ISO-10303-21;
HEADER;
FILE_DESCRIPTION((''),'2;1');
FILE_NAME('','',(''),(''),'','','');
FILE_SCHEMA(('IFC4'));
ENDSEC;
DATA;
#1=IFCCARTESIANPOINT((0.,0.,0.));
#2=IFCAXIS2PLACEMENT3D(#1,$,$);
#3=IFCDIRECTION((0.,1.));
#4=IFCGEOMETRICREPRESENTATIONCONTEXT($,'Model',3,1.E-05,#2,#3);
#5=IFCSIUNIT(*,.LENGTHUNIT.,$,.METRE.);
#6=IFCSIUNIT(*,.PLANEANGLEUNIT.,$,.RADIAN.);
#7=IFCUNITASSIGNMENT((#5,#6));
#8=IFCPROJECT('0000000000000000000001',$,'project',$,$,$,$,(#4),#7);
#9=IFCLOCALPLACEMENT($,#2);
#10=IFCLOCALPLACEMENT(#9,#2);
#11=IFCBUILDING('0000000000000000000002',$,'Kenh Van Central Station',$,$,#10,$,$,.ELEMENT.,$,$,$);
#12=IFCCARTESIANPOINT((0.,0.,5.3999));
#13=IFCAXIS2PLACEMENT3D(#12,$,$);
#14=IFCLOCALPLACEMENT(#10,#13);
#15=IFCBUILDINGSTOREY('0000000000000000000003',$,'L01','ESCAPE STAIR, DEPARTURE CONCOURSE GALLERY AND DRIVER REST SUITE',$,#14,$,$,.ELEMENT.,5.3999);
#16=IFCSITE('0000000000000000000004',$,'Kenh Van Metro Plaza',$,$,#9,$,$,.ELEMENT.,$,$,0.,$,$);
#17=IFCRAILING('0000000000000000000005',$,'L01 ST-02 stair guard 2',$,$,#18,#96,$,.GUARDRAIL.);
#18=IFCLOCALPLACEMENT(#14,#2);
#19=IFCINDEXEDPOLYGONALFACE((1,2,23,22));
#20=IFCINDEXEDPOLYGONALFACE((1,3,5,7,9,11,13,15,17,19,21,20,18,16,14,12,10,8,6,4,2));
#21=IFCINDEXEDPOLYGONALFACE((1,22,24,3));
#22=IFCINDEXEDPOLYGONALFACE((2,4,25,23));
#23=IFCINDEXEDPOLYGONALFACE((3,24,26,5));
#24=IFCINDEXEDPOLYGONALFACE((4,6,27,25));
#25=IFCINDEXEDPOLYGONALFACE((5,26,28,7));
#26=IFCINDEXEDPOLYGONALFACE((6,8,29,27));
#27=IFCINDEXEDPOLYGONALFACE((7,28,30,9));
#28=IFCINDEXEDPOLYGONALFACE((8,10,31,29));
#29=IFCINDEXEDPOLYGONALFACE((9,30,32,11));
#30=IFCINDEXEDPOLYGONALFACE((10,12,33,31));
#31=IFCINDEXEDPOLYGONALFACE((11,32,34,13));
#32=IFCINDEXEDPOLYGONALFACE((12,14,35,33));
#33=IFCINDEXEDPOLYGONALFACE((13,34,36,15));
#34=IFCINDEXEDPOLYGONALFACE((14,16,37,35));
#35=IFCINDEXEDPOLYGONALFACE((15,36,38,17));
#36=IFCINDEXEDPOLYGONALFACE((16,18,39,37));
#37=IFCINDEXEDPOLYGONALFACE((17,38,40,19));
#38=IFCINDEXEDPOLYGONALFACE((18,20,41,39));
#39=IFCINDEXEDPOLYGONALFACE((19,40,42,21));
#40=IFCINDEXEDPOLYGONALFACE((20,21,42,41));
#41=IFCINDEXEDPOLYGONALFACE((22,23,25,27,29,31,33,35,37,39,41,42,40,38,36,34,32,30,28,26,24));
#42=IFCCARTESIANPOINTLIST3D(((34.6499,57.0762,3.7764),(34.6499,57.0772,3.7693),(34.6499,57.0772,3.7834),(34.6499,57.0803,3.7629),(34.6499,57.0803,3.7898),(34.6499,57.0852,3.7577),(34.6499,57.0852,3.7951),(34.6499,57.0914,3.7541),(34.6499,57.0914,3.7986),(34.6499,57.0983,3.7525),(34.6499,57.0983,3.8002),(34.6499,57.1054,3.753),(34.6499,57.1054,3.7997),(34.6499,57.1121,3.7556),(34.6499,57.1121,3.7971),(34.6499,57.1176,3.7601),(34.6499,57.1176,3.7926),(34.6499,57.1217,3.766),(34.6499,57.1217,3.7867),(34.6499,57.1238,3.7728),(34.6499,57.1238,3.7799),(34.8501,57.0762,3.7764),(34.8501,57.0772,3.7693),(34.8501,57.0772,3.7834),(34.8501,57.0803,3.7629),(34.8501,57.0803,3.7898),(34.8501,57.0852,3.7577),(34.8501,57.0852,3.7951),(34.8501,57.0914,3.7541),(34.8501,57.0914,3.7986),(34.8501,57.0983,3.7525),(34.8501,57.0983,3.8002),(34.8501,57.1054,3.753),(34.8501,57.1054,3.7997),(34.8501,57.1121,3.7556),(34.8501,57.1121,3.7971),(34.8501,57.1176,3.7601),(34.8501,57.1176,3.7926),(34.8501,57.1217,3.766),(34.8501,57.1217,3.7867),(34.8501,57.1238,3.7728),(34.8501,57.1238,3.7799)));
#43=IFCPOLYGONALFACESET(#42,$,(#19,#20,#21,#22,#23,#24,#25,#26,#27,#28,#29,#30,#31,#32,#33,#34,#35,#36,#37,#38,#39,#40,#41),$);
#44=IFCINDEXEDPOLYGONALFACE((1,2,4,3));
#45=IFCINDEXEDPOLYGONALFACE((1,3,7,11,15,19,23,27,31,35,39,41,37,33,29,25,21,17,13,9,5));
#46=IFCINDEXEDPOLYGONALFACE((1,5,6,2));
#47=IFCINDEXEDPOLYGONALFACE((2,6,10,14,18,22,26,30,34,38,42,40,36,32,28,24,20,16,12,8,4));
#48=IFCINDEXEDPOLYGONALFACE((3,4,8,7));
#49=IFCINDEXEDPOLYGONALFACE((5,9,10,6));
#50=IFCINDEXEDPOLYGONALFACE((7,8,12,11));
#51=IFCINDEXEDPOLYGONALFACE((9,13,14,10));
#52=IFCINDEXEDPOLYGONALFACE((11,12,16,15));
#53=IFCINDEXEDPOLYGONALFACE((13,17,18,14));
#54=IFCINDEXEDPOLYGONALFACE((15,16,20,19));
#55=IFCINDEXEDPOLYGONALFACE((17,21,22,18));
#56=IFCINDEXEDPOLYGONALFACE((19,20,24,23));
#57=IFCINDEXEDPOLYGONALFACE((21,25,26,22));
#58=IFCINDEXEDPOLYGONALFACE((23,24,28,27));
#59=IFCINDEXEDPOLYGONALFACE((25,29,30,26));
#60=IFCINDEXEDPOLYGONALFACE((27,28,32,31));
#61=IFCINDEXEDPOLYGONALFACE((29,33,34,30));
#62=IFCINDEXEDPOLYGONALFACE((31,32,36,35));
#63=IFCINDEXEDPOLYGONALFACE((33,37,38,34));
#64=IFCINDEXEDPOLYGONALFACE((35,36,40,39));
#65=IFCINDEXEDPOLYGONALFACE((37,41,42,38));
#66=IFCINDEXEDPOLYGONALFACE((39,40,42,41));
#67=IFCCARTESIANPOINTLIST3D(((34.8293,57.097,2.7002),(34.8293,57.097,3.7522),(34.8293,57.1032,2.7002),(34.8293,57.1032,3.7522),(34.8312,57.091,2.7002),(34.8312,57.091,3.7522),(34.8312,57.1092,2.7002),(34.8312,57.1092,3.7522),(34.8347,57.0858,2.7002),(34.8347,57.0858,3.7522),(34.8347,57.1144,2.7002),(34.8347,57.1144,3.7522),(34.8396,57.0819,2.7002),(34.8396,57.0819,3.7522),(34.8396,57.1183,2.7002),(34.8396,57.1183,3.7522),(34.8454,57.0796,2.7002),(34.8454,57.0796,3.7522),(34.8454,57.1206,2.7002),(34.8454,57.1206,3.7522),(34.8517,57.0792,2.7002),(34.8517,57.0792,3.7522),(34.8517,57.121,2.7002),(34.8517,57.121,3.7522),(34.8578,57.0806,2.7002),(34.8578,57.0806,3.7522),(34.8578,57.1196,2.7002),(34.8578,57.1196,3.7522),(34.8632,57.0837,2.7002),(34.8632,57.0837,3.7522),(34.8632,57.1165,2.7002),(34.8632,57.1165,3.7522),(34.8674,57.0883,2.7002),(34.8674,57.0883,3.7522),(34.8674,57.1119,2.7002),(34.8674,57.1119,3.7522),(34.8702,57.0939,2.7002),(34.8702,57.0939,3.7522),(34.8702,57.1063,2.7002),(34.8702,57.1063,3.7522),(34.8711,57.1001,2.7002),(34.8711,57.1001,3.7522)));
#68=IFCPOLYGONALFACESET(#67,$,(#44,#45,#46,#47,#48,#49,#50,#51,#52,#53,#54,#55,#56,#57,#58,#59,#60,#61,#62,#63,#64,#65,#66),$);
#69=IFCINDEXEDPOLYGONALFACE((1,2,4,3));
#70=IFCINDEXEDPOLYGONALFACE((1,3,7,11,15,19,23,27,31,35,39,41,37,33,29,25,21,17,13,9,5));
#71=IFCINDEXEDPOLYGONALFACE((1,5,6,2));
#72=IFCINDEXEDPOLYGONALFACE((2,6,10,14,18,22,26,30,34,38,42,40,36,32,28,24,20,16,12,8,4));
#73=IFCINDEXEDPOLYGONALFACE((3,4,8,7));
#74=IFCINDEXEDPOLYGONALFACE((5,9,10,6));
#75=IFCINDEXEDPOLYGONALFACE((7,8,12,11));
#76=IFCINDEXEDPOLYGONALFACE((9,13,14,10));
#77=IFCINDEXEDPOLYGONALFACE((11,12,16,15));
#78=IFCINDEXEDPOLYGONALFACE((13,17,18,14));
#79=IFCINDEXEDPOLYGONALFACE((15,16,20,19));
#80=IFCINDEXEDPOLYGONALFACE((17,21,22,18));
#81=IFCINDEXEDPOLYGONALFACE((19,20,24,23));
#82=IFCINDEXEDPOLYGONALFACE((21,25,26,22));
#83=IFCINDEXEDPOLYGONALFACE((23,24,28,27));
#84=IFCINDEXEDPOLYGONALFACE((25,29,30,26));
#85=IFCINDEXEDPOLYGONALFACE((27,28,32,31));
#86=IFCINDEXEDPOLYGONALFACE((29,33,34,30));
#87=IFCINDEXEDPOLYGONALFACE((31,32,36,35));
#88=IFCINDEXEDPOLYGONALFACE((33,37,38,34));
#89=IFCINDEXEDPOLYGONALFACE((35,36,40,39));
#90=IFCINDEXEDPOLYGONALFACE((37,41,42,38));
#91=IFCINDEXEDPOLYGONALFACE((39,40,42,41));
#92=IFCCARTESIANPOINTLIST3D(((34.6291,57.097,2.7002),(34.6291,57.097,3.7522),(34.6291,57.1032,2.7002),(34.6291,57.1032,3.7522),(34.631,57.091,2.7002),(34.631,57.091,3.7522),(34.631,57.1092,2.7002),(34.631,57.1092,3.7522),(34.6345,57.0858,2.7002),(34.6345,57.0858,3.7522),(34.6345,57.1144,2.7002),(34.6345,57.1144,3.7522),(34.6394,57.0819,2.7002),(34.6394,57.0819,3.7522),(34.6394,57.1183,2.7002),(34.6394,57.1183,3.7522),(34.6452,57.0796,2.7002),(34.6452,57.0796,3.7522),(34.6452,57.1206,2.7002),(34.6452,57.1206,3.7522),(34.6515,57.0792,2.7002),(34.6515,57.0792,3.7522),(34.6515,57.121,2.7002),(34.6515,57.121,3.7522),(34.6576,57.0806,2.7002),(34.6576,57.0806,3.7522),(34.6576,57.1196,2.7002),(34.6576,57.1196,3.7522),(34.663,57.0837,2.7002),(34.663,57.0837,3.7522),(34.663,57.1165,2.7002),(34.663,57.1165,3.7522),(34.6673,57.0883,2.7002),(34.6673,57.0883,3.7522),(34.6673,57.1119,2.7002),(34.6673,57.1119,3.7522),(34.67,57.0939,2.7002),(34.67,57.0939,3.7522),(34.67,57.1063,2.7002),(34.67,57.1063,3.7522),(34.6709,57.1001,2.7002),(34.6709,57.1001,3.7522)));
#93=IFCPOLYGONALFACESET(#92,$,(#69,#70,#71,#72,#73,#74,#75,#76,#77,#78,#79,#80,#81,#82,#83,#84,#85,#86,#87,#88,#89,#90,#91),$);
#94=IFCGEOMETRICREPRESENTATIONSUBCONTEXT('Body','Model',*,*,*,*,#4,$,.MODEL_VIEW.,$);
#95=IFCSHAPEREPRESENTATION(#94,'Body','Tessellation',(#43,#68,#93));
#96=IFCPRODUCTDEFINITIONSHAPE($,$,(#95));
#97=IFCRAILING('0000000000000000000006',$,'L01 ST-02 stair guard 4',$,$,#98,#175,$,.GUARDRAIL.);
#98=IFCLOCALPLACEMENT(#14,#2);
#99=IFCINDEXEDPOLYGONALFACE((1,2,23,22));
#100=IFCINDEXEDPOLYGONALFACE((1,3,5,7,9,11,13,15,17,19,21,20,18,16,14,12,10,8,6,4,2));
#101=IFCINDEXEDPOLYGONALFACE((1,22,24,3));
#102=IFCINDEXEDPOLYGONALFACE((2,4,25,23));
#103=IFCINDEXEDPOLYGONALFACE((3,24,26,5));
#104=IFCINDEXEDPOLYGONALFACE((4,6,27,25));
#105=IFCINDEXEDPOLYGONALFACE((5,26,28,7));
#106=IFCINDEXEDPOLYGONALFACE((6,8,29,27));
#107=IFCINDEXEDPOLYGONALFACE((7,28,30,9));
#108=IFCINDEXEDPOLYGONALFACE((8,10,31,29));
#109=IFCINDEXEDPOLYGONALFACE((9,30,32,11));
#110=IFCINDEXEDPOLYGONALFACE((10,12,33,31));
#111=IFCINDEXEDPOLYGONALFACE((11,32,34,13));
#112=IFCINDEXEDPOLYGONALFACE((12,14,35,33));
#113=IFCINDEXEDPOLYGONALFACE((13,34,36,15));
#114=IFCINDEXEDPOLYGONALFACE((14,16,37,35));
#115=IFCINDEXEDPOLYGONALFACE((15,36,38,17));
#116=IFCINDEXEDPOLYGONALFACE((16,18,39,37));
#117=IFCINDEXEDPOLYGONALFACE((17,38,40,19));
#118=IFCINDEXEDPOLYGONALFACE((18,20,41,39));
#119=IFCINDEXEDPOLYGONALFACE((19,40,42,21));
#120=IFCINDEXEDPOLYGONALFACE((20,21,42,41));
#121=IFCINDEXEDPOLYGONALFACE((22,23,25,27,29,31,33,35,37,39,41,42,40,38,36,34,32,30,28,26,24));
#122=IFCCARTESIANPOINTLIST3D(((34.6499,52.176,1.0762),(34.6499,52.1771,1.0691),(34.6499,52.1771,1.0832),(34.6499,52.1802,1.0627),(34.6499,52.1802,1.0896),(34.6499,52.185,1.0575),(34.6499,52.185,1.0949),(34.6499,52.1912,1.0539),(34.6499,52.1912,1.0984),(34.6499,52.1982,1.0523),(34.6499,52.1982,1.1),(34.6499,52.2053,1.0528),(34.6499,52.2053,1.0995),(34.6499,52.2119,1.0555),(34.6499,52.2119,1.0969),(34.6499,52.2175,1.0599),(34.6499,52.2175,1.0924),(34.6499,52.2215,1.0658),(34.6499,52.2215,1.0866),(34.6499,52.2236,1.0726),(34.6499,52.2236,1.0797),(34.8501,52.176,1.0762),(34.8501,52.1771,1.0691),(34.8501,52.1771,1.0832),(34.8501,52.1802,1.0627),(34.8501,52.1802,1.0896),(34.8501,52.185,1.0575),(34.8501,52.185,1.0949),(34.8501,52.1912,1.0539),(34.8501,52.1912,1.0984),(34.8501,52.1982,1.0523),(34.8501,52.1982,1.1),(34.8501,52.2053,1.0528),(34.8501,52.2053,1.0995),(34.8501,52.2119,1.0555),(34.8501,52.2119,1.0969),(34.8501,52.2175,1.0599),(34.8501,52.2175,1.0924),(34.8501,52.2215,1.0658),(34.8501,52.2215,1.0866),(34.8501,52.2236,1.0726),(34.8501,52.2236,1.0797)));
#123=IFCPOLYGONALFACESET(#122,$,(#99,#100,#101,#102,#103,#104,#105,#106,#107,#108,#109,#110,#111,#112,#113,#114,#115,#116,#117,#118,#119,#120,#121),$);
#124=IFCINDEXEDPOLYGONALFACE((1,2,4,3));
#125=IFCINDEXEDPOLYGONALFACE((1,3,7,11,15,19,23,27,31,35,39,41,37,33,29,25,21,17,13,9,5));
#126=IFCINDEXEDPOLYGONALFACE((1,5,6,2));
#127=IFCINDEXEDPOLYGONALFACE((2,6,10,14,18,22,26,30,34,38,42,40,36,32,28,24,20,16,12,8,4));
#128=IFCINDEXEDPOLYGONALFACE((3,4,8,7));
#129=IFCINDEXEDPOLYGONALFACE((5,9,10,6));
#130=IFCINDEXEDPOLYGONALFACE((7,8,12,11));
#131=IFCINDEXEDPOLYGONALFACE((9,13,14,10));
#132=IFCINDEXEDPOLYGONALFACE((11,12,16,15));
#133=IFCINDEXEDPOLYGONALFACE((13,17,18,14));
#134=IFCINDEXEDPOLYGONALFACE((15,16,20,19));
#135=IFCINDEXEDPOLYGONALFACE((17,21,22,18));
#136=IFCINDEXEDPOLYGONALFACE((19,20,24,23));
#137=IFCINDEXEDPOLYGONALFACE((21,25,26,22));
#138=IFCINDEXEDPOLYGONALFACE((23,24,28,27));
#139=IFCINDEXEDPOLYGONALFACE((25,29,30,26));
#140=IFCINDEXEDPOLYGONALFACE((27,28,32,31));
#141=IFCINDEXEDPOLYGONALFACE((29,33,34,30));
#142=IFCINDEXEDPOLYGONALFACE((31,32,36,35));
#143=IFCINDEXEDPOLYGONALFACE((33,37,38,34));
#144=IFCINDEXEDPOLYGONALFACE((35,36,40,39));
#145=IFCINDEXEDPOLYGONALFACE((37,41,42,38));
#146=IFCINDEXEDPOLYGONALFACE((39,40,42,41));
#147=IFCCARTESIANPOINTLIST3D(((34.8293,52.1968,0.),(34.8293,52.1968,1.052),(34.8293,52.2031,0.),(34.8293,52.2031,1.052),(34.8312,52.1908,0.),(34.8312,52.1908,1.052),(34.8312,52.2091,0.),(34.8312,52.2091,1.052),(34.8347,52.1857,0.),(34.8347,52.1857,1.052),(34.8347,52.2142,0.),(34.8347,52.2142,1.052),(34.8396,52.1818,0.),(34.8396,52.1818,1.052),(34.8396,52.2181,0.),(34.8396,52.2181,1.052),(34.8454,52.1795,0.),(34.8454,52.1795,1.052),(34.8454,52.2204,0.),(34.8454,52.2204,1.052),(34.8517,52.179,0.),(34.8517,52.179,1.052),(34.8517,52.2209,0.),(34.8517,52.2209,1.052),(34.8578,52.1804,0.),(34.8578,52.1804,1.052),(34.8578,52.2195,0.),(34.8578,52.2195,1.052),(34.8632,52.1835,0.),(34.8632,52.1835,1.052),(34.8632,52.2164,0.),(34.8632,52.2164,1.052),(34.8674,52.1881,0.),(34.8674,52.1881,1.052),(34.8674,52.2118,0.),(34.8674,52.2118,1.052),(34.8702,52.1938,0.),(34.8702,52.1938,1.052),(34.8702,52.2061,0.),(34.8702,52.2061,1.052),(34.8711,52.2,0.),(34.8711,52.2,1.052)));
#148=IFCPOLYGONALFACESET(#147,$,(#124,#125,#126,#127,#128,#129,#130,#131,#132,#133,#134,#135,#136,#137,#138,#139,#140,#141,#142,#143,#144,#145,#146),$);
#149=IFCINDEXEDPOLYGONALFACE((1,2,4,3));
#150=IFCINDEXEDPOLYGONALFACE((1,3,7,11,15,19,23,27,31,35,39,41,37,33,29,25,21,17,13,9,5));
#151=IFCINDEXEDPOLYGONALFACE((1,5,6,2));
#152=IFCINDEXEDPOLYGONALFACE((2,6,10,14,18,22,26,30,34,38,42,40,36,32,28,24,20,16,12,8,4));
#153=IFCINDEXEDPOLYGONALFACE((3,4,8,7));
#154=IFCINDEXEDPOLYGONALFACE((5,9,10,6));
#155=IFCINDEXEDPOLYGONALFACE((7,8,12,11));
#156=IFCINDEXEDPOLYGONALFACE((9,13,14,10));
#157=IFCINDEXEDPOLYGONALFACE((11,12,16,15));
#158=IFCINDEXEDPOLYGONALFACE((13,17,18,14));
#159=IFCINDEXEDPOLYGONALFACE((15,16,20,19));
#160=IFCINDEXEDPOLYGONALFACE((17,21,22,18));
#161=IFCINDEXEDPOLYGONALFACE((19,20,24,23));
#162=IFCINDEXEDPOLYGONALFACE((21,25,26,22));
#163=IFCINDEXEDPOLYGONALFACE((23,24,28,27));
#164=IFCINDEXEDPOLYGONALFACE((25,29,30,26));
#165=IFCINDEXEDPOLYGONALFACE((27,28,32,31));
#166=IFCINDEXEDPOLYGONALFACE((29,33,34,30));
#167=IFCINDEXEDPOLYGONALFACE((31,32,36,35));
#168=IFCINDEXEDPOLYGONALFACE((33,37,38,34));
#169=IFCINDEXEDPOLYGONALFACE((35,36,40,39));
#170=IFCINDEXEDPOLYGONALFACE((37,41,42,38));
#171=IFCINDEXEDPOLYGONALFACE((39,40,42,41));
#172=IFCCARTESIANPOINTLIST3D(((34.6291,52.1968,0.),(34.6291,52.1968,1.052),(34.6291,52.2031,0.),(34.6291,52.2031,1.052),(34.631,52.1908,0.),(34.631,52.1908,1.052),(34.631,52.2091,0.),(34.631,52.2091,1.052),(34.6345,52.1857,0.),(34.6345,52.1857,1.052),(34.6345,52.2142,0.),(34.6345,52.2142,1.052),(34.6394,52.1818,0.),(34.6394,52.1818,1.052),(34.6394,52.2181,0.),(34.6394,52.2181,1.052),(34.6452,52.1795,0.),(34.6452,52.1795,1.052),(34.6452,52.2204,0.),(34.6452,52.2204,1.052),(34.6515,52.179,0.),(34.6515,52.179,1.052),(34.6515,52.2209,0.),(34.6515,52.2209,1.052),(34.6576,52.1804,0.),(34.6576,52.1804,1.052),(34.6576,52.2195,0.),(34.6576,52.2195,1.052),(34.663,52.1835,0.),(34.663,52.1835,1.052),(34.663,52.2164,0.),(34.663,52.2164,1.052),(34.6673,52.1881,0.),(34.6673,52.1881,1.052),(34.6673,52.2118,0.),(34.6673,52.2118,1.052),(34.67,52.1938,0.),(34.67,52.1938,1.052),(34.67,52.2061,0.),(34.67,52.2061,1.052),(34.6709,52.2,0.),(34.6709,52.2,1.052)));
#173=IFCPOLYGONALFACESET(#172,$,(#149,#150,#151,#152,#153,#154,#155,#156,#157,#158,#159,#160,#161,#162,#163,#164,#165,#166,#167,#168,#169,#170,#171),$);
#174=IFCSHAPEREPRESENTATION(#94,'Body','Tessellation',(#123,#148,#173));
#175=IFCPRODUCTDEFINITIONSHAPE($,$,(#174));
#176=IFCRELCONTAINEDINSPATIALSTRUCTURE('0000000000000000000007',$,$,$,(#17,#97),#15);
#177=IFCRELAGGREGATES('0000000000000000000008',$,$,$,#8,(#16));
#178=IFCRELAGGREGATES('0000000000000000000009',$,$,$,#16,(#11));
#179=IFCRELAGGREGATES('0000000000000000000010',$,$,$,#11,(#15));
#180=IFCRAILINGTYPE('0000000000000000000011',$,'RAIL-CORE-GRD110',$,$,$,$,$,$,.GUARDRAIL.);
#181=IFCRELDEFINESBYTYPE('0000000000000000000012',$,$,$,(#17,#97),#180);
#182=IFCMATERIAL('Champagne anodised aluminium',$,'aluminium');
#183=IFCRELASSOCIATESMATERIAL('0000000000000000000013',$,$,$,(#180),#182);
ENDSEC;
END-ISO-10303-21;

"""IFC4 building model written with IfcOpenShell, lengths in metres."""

from ifc_helpers import new_model, si_unit, direction, frame, origin, origin_2d, place, context, subcontext, project, spatial, circle, extrude, material, type_object, element, save


model = new_model("IFC4")

# Units and contexts
model_context = context("Model", 3, precision=1e-05, world=origin(), true_north=direction((0.0, 1.0)))
body_context = subcontext(model_context, "Body", "Model", "MODEL_VIEW")
ifc_project = project(units=[si_unit("LENGTHUNIT", "METRE"), si_unit("PLANEANGLEUNIT", "RADIAN")], contexts=[model_context])

# Site, building, storey
site_placement = place(None, origin())
site = spatial("IfcSite", under=ifc_project, at=site_placement, Name="Kenh Van Metro Plaza", CompositionType="ELEMENT", RefElevation=0.0)
building_placement = place(site_placement, origin())
building = spatial("IfcBuilding", under=site, at=building_placement, Name="Kenh Van Central Station", CompositionType="ELEMENT")
storey_placement = place(building_placement, frame((0.0, 0.0, 5.3999)))
storey = spatial("IfcBuildingStorey", under=building, at=storey_placement, Name="L01", Description="ESCAPE STAIR, DEPARTURE CONCOURSE GALLERY AND DRIVER REST SUITE", CompositionType="ELEMENT", Elevation=5.3999)

# Shared definitions
ifc_material_1 = material(Name="Champagne anodised aluminium", Category="aluminium")

# Railings
railing_type_1 = type_object("IfcRailingType", Name="RAIL-CORE-GRD110", PredefinedType="GUARDRAIL", material=ifc_material_1)
for number, where, name in (
    (1, (34.8501, 57.1001, 2.7002), "L01 ST-02 stair guard 2"),
    (2, (34.8501, 52.2, 0.0), "L01 ST-02 stair guard 4"),
):
    element("IfcRailing", number, at=place(storey_placement, frame(where)), inside=storey, type_object=railing_type_1, Name=name, PredefinedType="GUARDRAIL", context=body_context, shape_type="SweptSolid", body=[
        extrude(circle(Radius=0.0239, at=origin_2d()), frame((0.0, 0.0, 1.0762), z_axis=(-1.0, 0.0, 0.0), x_axis=(0.0, -1.0, 0.0)), (0.0, 0.0, 1.0), 0.2002),
        extrude(circle(Radius=0.021, at=origin_2d()), origin(), (0.0, 0.0, 1.0), 1.052),
        extrude(circle(Radius=0.021, at=origin_2d()), frame((-0.2002, 0.0, 0.0)), (0.0, 0.0, 1.0), 1.052),
    ])

save(model, "model.ifc")
